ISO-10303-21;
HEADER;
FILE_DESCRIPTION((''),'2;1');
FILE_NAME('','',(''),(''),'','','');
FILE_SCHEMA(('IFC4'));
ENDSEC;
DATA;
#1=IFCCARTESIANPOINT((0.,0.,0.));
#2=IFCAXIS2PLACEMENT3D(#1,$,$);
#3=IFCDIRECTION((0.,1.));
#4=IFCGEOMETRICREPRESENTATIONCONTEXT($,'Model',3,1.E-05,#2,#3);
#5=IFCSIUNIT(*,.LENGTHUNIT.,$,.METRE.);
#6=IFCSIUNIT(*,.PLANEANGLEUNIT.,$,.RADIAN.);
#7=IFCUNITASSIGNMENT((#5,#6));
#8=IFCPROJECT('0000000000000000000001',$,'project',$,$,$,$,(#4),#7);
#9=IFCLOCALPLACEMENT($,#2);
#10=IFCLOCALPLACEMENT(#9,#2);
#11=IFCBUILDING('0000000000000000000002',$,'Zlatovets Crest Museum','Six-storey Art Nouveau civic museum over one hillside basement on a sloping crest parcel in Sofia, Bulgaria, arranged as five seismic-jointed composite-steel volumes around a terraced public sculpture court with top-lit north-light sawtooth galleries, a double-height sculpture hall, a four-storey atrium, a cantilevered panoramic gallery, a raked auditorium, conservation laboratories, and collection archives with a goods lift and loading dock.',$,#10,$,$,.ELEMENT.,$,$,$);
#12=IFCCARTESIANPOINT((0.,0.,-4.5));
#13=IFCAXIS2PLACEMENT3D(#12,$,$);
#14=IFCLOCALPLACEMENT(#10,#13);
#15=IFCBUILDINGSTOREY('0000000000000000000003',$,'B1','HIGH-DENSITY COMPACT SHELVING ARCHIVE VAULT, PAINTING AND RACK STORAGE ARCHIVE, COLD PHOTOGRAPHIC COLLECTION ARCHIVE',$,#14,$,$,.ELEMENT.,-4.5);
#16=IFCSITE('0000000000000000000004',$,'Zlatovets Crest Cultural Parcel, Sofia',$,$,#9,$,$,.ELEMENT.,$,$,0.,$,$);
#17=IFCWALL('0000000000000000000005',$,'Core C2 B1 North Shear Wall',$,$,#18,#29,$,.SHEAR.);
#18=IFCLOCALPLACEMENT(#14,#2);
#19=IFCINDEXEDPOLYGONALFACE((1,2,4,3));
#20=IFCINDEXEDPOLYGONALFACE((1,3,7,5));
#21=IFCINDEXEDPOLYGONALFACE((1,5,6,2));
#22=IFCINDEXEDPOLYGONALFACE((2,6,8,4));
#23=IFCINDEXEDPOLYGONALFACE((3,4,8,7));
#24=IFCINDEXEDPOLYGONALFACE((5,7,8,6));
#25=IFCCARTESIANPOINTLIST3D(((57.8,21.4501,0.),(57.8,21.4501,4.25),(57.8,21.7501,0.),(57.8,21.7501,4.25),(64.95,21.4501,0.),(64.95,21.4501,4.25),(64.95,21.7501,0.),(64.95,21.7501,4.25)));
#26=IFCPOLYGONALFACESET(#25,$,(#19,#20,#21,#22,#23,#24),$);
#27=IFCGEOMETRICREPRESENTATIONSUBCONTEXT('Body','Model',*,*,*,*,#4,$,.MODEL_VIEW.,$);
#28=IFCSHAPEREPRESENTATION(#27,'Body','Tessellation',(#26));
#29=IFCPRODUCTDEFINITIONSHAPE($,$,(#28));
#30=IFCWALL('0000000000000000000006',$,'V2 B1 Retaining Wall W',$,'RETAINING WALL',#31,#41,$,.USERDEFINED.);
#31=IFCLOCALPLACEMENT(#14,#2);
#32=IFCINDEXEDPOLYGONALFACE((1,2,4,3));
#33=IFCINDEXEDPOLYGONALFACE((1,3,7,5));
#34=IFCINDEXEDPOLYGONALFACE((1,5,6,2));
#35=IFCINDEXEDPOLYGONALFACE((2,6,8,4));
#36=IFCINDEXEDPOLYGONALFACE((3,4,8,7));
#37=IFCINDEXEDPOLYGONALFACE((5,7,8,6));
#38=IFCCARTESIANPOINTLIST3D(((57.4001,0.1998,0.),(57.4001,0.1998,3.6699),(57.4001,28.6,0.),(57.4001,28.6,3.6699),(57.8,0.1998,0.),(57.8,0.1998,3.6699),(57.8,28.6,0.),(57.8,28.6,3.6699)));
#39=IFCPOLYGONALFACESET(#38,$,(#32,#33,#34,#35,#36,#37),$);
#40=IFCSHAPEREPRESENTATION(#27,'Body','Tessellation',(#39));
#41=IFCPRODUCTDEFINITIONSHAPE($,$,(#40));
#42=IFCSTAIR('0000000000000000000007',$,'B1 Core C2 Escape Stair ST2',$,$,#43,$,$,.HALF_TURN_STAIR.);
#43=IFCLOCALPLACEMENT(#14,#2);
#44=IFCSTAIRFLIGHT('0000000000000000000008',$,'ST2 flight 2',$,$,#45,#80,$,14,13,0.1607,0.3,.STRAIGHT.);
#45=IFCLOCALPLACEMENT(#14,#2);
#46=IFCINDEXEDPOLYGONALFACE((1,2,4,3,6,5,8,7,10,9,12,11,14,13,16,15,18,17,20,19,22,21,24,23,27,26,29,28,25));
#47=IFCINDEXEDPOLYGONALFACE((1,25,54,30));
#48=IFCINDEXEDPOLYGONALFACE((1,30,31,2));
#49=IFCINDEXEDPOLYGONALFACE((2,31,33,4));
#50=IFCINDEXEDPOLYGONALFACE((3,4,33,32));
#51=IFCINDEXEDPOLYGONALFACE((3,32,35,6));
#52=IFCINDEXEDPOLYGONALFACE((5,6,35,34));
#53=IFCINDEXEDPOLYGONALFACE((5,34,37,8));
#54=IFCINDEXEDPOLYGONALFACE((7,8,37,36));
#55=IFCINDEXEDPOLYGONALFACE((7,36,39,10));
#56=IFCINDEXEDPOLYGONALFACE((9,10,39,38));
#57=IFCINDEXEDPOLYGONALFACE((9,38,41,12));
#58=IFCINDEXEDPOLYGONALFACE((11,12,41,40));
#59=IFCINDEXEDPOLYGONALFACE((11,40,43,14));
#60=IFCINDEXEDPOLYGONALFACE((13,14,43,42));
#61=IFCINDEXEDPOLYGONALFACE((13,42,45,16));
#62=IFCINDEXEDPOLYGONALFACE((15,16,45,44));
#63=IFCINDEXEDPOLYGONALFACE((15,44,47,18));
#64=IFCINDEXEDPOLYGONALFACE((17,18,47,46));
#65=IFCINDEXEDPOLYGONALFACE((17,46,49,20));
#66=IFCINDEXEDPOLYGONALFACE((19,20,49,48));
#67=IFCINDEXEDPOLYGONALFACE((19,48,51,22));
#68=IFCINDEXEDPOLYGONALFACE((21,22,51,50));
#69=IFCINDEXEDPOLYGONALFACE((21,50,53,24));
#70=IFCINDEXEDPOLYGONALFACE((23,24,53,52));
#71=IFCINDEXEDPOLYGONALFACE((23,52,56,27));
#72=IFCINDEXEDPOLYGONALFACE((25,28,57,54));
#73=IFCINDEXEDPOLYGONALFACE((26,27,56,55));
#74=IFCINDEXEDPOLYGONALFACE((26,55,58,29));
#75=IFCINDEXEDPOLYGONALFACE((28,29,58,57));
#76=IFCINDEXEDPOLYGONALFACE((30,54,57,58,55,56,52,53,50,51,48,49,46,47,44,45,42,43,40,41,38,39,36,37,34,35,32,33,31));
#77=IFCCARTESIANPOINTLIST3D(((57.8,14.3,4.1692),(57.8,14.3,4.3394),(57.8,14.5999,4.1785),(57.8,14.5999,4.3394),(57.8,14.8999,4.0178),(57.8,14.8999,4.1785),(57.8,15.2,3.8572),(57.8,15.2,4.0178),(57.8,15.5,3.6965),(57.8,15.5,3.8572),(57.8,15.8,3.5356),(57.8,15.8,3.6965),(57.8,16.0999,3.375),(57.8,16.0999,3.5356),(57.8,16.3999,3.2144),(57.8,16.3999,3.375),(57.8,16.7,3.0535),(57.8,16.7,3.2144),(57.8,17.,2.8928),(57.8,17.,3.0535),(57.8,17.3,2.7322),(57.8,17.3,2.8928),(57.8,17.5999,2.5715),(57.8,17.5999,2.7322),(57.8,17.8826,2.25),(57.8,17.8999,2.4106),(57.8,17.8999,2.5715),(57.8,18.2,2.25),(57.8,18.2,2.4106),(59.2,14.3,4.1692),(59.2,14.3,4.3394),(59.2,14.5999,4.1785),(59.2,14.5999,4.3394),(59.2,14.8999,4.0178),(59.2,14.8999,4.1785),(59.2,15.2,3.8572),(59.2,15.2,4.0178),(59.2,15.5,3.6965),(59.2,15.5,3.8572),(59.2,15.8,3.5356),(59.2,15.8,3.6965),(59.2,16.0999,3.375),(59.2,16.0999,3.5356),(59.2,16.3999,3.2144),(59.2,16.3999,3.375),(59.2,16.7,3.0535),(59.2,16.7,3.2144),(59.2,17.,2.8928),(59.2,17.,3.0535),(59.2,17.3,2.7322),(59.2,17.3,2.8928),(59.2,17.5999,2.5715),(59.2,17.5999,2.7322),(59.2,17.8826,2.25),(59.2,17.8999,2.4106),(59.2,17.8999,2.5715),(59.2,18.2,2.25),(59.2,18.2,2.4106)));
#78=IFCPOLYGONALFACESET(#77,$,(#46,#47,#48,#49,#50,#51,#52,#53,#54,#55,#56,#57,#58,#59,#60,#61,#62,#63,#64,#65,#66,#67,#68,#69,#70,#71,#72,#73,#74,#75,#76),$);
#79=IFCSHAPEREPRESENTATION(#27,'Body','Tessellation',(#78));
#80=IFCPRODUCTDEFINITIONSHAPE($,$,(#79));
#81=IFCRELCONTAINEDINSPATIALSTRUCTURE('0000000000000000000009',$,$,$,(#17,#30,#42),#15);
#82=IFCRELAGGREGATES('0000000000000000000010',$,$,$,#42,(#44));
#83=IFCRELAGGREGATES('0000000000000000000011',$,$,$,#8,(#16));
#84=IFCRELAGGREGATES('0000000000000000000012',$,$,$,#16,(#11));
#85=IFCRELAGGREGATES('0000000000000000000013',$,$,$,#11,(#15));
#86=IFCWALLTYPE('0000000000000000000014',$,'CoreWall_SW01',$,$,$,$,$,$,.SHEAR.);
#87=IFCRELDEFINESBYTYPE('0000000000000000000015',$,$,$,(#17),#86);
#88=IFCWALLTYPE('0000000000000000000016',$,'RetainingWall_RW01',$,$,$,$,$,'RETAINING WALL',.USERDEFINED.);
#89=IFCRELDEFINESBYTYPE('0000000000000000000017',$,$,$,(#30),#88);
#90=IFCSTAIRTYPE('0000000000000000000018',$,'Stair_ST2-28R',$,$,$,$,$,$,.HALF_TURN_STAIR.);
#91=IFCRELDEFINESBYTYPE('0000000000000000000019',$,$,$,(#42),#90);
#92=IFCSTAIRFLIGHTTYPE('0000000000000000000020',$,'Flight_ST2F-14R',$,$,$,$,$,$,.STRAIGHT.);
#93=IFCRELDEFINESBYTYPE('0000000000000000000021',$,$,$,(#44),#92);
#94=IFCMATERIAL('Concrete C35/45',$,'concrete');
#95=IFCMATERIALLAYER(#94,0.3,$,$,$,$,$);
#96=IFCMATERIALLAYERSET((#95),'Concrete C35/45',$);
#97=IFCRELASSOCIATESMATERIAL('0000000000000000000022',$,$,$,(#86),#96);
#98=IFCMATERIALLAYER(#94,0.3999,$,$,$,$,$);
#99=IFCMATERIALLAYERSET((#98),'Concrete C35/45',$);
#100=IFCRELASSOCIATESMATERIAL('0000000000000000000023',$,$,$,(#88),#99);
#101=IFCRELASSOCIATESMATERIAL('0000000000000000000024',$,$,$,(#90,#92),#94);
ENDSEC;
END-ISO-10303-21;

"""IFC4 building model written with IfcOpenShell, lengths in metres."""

from ifc_helpers import new_model, si_unit, direction, frame, frame_2d, origin, place, context, subcontext, project, spatial, polyline, rectangle, outline, extrude, material, layer, layer_set, type_object, element, aggregate, save


model = new_model("IFC4")

# Units and contexts
model_context = context("Model", 3, precision=1e-05, world=origin(), true_north=direction((0.0, 1.0)))
body_context = subcontext(model_context, "Body", "Model", "MODEL_VIEW")
ifc_project = project(units=[si_unit("LENGTHUNIT", "METRE"), si_unit("PLANEANGLEUNIT", "RADIAN")], contexts=[model_context])

# Site, building, storey
site_placement = place(None, origin())
site = spatial("IfcSite", under=ifc_project, at=site_placement, Name="Zlatovets Crest Cultural Parcel, Sofia", CompositionType="ELEMENT", RefElevation=0.0)
building_placement = place(site_placement, origin())
building = spatial("IfcBuilding", under=site, at=building_placement, Name="Zlatovets Crest Museum", Description="Six-storey Art Nouveau civic museum over one hillside basement on a sloping crest parcel in Sofia, Bulgaria, arranged as five seismic-jointed composite-steel volumes around a terraced public sculpture court with top-lit north-light sawtooth galleries, a double-height sculpture hall, a four-storey atrium, a cantilevered panoramic gallery, a raked auditorium, conservation laboratories, and collection archives with a goods lift and loading dock.", CompositionType="ELEMENT")
storey_placement = place(building_placement, frame((0.0, 0.0, -4.5)))
storey = spatial("IfcBuildingStorey", under=building, at=storey_placement, Name="B1", Description="HIGH-DENSITY COMPACT SHELVING ARCHIVE VAULT, PAINTING AND RACK STORAGE ARCHIVE, COLD PHOTOGRAPHIC COLLECTION ARCHIVE", CompositionType="ELEMENT", Elevation=-4.5)

# Shared definitions
ifc_material_1 = material(Name="Concrete C35/45", Category="concrete")

# Walls
ifc_layer_1 = layer(ifc_material_1, 0.3)
ifc_layer_set_1 = layer_set([ifc_layer_1], Name="Concrete C35/45")
wall_type_1 = type_object("IfcWallType", Name="CoreWall_SW01", PredefinedType="SHEAR", material=ifc_layer_set_1)
wall_1_placement = place(storey_placement, frame((57.8, 21.6001, 0.0), z_axis=(0.0, 0.0, 1.0), x_axis=(1.0, 0.0, 0.0)))
element("IfcWall", 1, at=wall_1_placement, inside=storey, type_object=wall_type_1, Name="Core C2 B1 North Shear Wall", PredefinedType="SHEAR", context=body_context, shape_type="SweptSolid", body=[
    extrude(rectangle(XDim=7.1499, YDim=0.3, at=frame_2d((3.575, 0.0))), origin(), (0.0, 0.0, 1.0), 4.25),
])
ifc_layer_2 = layer(ifc_material_1, 0.3999)
ifc_layer_set_2 = layer_set([ifc_layer_2], Name="Concrete C35/45")
wall_type_2 = type_object("IfcWallType", Name="RetainingWall_RW01", ElementType="RETAINING WALL", PredefinedType="USERDEFINED", material=ifc_layer_set_2)
wall_2_placement = place(storey_placement, frame((57.6001, 28.6001, 0.0), z_axis=(0.0, 0.0, 1.0), x_axis=(0.0, -1.0, 0.0)))
element("IfcWall", 2, at=wall_2_placement, inside=storey, type_object=wall_type_2, Name="V2 B1 Retaining Wall W", ObjectType="RETAINING WALL", PredefinedType="USERDEFINED", context=body_context, shape_type="SweptSolid", body=[
    extrude(rectangle(XDim=28.4001, YDim=0.3999, at=frame_2d((14.2002, 0.0))), origin(), (0.0, 0.0, 1.0), 3.6699),
])

# Stair, stair flight
stair_type = type_object("IfcStairType", Name="Stair_ST2-28R", PredefinedType="HALF_TURN_STAIR", material=ifc_material_1)
stair_placement = place(storey_placement, origin())
stair = element("IfcStair", 3, at=stair_placement, inside=storey, type_object=stair_type, Name="B1 Core C2 Escape Stair ST2", PredefinedType="HALF_TURN_STAIR")
stair_flight_type = type_object("IfcStairFlightType", Name="Flight_ST2F-14R", PredefinedType="STRAIGHT", material=ifc_material_1)
stair_flight_placement = place(storey_placement, frame((58.5, 18.2, 2.25), z_axis=(0.0, 0.0, 1.0), x_axis=(0.0, -1.0, 0.0)))
stair_flight = element("IfcStairFlight", 4, at=stair_flight_placement, type_object=stair_flight_type, Name="ST2 flight 2", NumberOfRisers=14, NumberOfTreads=13, PredefinedType="STRAIGHT", RiserHeight=0.1607, TreadLength=0.3, context=body_context, shape_type="SweptSolid", body=[
    extrude(outline(polyline([(0.0, 0.0), (0.0, 0.1606), (0.3, 0.1606), (0.3, 0.3215), (0.6001, 0.3215), (0.6001, 0.4822), (0.8999, 0.4822), (0.8999, 0.6428), (1.2, 0.6428), (1.2, 0.8035), (1.5, 0.8035), (1.5, 0.9644), (1.8, 0.9644), (1.8, 1.125), (2.1001, 1.125), (2.1001, 1.2856), (2.3999, 1.2856), (2.3999, 1.4465), (2.7, 1.4465), (2.7, 1.6072), (3.0, 1.6072), (3.0, 1.7678), (3.3, 1.7678), (3.3, 1.9285), (3.6001, 1.9285), (3.6001, 2.0894), (3.8999, 2.0894), (3.8999, 2.25), (3.8999, 1.9192), (0.3174, 0.0), (0.0, 0.0)])), frame((0.0, 0.7, 0.0), z_axis=(0.0, -1.0, 0.0), x_axis=(1.0, 0.0, 0.0)), (0.0, 0.0, 1.0), 1.3999),
])
aggregate(stair, [stair_flight])

save(model, "model.ifc")
